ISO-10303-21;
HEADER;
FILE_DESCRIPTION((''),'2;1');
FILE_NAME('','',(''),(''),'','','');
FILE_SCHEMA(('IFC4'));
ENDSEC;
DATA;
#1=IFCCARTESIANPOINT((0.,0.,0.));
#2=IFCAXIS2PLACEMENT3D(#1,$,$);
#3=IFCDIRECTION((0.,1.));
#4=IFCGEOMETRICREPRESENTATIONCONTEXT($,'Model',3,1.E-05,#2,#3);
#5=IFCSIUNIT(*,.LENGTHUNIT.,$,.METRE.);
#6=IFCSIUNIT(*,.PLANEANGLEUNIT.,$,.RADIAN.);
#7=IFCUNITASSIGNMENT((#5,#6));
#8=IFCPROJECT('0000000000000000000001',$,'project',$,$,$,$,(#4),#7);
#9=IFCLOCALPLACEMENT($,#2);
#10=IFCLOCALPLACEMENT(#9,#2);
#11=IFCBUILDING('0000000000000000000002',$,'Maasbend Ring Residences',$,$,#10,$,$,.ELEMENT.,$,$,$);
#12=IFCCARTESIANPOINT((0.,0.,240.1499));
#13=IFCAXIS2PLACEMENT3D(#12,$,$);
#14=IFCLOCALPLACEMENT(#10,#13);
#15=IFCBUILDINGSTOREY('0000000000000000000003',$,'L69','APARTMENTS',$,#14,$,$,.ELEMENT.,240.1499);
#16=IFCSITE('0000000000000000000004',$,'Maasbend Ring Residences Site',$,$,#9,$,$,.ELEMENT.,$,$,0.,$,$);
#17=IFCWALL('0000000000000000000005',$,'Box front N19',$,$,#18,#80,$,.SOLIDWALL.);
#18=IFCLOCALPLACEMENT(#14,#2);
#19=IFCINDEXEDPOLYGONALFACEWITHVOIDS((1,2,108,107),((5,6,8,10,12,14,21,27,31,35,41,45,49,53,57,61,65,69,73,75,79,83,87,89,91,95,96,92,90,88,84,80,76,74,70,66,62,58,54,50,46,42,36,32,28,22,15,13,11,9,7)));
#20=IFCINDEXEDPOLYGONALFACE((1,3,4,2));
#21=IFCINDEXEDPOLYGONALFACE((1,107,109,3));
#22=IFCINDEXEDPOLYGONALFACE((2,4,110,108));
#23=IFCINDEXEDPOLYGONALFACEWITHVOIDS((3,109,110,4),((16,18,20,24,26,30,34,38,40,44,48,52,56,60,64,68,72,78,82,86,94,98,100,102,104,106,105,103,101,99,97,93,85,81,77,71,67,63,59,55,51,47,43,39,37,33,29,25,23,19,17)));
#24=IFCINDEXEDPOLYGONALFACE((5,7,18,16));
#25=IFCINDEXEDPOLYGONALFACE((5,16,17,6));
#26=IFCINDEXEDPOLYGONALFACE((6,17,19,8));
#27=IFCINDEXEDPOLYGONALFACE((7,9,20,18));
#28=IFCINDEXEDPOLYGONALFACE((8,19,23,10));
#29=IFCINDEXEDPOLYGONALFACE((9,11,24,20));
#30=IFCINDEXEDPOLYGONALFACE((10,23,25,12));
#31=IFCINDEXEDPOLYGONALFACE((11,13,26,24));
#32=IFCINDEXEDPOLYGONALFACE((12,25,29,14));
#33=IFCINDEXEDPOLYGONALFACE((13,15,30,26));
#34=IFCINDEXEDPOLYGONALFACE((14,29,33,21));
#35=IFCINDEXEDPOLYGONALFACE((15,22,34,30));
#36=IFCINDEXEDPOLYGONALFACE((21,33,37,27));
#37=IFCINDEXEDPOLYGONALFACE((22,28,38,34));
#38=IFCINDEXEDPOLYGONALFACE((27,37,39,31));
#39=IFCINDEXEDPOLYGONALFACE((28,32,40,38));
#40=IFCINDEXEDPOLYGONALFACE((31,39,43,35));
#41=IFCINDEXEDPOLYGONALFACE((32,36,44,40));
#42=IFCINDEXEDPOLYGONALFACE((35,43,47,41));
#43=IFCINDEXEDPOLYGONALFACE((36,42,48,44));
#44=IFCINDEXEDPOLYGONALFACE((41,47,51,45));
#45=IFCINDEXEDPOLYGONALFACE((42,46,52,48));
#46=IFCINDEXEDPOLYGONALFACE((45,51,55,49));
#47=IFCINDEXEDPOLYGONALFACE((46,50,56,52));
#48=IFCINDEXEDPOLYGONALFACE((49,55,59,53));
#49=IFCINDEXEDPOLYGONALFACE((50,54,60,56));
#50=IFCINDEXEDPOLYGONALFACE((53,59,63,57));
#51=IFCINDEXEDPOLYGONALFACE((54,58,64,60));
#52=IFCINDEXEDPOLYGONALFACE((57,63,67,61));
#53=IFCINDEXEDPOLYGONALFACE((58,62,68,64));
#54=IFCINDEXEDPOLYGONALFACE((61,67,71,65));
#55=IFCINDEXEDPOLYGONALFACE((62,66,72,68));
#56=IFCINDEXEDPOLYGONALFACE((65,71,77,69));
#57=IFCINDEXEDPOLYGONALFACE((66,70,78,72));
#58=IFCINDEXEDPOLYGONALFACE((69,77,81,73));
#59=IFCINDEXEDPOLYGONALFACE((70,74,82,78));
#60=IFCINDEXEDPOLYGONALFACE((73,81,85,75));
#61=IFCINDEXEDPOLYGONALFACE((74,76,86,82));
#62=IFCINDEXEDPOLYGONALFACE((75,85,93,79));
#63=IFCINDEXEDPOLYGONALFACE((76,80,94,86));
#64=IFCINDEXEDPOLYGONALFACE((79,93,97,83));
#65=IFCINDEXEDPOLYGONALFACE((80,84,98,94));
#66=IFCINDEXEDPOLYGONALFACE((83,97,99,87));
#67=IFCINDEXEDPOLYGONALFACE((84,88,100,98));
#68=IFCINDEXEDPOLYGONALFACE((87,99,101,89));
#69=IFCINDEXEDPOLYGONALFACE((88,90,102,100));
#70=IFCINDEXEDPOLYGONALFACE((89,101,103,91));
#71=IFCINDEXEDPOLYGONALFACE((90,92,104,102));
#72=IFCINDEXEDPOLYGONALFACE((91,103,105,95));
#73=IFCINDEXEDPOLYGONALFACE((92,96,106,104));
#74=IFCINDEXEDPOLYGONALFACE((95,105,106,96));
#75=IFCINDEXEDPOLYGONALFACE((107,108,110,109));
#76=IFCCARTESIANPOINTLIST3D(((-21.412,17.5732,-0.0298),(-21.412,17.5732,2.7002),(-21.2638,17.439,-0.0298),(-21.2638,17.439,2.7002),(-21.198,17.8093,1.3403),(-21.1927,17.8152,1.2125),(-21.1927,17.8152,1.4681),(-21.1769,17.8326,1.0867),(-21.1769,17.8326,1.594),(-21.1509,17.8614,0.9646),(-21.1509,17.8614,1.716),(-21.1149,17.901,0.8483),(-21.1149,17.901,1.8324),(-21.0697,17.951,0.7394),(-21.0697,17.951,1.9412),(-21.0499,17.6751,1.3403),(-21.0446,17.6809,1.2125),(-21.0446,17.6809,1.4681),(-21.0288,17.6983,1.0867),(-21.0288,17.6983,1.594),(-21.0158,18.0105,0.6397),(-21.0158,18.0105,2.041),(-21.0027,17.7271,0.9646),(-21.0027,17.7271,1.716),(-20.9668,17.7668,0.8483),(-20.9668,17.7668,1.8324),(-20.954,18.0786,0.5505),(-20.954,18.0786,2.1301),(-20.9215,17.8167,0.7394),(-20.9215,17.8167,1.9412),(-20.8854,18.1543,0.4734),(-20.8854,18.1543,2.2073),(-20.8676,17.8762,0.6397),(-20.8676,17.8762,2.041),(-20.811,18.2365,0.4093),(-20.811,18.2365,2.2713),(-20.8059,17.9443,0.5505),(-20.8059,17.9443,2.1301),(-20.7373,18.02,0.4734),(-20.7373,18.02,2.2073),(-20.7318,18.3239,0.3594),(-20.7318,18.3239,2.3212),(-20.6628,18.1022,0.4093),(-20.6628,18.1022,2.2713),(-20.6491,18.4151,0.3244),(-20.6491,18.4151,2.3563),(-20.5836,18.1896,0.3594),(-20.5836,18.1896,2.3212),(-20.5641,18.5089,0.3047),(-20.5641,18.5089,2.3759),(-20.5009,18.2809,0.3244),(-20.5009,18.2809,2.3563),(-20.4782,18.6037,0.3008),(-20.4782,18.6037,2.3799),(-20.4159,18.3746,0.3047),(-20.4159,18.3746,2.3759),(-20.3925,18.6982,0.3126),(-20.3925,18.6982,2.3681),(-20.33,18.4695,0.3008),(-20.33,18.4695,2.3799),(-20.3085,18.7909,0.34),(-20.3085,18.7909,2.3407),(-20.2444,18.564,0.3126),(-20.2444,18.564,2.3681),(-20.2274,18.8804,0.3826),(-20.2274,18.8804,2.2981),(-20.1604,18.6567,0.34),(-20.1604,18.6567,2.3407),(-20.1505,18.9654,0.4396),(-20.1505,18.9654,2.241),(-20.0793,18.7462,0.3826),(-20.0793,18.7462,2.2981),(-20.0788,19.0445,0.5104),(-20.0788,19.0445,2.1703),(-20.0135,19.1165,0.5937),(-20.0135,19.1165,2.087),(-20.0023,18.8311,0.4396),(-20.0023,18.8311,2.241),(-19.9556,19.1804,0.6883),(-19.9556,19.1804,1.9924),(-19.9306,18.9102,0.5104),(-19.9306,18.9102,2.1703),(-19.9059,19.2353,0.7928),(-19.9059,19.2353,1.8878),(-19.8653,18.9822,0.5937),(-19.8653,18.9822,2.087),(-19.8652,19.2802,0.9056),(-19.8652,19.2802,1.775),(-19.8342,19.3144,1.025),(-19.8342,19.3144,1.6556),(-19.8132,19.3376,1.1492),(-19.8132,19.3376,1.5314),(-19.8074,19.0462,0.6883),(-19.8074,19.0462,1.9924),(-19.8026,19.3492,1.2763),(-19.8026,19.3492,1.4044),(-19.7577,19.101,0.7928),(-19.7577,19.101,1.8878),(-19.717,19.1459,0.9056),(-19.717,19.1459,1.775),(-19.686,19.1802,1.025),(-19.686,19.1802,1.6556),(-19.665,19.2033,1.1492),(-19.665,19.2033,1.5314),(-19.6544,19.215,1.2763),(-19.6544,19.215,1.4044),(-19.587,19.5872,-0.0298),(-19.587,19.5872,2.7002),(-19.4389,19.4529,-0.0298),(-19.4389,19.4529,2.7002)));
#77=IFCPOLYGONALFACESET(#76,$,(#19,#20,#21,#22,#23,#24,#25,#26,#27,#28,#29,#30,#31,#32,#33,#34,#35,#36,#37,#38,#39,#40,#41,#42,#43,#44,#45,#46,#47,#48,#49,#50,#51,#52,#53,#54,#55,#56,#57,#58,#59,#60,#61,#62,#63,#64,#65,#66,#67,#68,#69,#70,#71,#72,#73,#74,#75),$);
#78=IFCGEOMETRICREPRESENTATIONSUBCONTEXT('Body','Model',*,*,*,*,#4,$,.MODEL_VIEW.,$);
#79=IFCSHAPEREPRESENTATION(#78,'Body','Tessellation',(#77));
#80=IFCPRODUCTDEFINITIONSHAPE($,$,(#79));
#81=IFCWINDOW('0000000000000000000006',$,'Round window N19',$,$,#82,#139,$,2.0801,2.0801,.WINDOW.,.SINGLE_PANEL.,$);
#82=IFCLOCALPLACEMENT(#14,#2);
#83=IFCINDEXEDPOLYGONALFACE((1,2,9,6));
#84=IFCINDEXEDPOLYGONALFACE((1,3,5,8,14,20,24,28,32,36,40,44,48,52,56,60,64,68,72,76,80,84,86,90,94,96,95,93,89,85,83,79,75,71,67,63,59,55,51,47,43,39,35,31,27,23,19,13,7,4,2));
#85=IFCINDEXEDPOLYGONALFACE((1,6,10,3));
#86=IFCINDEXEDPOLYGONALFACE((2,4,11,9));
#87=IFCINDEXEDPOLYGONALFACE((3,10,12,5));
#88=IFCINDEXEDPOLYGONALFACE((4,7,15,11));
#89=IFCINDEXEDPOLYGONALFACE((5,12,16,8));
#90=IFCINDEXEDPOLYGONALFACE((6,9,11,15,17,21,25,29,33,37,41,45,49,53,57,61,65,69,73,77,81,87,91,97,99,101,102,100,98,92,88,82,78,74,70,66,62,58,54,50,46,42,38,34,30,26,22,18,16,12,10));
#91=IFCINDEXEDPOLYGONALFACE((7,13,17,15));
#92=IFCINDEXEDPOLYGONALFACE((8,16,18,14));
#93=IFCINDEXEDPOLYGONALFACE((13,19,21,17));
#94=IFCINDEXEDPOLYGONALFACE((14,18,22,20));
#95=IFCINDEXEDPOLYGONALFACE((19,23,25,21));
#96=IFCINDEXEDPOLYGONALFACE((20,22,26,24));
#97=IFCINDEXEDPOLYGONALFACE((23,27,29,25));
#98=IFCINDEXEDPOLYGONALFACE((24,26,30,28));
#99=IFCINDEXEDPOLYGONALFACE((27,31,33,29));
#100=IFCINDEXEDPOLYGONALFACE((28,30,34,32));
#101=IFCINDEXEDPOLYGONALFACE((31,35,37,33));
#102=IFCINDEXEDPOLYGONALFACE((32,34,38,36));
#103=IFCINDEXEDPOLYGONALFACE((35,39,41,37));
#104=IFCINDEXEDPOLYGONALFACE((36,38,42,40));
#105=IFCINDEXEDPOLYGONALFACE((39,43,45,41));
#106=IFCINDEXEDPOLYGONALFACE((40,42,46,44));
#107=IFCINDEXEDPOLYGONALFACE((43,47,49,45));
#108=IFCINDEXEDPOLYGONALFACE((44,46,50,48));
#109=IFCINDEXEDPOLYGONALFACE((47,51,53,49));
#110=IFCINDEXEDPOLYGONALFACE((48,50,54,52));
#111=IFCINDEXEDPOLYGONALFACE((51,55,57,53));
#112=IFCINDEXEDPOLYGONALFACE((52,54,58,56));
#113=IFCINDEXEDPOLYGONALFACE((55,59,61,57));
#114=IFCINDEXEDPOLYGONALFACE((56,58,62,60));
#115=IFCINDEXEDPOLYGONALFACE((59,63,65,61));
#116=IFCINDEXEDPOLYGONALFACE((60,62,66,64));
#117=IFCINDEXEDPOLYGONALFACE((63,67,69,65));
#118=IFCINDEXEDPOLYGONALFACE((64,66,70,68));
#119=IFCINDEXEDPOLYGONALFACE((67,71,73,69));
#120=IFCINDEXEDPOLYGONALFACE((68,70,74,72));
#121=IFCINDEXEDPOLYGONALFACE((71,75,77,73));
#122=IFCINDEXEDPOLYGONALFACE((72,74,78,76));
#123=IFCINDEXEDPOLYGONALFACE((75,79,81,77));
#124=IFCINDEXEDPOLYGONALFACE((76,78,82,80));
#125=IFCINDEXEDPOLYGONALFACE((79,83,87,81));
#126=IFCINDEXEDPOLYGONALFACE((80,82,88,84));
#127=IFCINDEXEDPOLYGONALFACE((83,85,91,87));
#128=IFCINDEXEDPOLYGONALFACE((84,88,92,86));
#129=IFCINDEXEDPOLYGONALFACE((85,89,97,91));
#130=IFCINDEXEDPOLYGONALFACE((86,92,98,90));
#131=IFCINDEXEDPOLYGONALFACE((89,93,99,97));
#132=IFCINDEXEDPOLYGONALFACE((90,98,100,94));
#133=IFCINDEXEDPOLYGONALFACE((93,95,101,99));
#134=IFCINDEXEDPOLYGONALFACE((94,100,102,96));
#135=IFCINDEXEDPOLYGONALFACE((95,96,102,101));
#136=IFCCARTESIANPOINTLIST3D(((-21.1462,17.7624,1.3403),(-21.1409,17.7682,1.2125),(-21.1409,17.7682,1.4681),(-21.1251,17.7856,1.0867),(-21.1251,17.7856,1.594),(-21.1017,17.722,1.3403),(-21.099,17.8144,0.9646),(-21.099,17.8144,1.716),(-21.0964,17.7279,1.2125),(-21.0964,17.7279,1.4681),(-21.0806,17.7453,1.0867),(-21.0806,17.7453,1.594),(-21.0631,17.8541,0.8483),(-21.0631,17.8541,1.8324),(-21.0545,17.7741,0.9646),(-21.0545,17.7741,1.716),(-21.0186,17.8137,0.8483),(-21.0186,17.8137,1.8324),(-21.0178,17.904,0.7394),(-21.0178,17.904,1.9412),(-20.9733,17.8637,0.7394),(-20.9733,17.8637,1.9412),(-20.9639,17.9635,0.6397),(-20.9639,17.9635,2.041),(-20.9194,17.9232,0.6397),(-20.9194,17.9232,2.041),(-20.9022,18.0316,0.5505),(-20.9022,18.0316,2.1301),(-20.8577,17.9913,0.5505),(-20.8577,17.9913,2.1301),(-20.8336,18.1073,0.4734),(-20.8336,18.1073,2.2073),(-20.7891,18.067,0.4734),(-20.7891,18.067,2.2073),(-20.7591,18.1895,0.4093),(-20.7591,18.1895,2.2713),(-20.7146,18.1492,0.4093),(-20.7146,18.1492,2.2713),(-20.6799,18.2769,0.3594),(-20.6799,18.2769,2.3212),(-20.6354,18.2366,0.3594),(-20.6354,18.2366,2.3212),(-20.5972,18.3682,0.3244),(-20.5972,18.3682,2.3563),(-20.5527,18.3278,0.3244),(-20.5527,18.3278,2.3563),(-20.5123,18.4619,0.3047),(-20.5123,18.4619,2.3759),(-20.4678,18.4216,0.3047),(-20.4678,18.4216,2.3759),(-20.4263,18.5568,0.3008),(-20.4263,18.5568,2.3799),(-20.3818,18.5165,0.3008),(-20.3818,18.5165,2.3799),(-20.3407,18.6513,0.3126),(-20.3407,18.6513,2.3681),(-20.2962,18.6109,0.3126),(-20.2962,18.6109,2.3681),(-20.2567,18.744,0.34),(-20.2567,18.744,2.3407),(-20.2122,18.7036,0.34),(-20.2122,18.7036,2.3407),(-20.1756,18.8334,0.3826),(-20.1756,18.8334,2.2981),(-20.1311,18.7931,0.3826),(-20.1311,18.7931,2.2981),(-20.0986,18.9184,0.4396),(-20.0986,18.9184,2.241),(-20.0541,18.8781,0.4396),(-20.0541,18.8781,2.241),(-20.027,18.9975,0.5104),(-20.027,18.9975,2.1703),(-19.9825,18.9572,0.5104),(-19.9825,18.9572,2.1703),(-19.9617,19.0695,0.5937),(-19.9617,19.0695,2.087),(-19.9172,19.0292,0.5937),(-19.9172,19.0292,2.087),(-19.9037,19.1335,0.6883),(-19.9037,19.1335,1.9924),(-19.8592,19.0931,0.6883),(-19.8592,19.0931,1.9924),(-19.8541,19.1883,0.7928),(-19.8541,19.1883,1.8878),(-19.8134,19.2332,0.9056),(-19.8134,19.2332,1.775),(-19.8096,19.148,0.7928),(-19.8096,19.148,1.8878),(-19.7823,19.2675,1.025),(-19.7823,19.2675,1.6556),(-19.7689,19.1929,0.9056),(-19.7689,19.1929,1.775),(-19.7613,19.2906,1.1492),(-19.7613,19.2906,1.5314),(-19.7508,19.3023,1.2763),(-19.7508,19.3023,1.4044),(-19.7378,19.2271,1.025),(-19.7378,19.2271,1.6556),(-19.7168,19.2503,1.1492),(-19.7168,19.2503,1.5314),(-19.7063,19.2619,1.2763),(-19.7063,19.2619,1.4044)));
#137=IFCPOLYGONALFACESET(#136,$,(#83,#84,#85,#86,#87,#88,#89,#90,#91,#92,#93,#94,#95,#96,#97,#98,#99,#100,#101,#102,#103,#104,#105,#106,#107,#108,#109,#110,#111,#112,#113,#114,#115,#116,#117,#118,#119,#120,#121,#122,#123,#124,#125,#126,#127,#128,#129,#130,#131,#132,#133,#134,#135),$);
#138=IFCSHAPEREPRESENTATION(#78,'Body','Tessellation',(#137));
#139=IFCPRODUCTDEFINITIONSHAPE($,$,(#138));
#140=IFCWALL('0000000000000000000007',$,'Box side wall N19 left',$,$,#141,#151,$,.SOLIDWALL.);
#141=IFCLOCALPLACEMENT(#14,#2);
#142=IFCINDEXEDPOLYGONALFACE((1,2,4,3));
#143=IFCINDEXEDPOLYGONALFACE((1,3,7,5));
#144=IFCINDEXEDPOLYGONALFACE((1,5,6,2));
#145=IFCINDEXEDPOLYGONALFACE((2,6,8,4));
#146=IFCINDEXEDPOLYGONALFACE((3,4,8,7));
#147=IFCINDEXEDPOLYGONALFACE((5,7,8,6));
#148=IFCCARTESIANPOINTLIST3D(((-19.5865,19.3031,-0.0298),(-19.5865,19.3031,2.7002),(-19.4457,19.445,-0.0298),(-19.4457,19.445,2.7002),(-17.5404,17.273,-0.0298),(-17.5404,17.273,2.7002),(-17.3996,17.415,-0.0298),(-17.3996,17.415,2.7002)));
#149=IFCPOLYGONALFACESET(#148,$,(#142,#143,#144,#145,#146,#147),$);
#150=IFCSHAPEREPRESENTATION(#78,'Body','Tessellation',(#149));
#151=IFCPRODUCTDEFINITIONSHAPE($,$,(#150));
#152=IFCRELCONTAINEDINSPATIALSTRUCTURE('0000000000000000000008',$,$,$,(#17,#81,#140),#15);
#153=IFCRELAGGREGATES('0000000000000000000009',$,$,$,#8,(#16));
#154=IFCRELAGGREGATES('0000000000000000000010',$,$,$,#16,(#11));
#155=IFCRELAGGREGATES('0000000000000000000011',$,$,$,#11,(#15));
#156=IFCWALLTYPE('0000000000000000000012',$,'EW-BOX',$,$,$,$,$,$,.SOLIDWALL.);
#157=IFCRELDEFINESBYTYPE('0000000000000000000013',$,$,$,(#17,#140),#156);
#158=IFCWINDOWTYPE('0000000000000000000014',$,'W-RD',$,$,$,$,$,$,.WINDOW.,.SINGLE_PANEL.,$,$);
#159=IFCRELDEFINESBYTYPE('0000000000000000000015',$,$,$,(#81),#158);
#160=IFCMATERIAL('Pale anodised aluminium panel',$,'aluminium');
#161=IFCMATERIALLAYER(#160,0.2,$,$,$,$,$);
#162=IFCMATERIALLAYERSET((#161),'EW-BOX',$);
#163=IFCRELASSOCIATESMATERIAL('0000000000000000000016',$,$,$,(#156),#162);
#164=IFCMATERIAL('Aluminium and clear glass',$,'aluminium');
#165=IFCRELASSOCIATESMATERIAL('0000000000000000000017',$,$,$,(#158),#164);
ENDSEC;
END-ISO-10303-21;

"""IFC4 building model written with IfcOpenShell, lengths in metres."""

from ifc_helpers import new_model, si_unit, direction, frame, frame_2d, origin, place, context, subcontext, project, spatial, rectangle, circle, extrude, material, layer, layer_set, type_object, element, fill, save


model = new_model("IFC4")

# Units and contexts
model_context = context("Model", 3, precision=1e-05, world=origin(), true_north=direction((0.0, 1.0)))
body_context = subcontext(model_context, "Body", "Model", "MODEL_VIEW")
ifc_project = project(units=[si_unit("LENGTHUNIT", "METRE"), si_unit("PLANEANGLEUNIT", "RADIAN")], contexts=[model_context])

# Site, building, storey
site_placement = place(None, origin())
site = spatial("IfcSite", under=ifc_project, at=site_placement, Name="Maasbend Ring Residences Site", CompositionType="ELEMENT", RefElevation=0.0)
building_placement = place(site_placement, origin())
building = spatial("IfcBuilding", under=site, at=building_placement, Name="Maasbend Ring Residences", CompositionType="ELEMENT")
storey_placement = place(building_placement, frame((0.0, 0.0, 240.1499)))
storey = spatial("IfcBuildingStorey", under=building, at=storey_placement, Name="L69", Description="APARTMENTS", CompositionType="ELEMENT", Elevation=240.1499)

# Shared definitions
ifc_material_1 = material(Name="Pale anodised aluminium panel", Category="aluminium")
ifc_layer_1 = layer(ifc_material_1, 0.2)
ifc_layer_set_1 = layer_set([ifc_layer_1], Name="EW-BOX")
wall_type_1 = type_object("IfcWallType", Name="EW-BOX", PredefinedType="SOLIDWALL", material=ifc_layer_set_1)
ifc_material_2 = material(Name="Aluminium and clear glass", Category="aluminium")
window_type_1 = type_object("IfcWindowType", Name="W-RD", PartitioningType="SINGLE_PANEL", PredefinedType="WINDOW", material=ifc_material_2)

# Wall, opening, window
wall_1_placement = place(storey_placement, frame((-19.5129, 19.52, -0.0298), z_axis=(0.0, 0.0, 1.0), x_axis=(-0.671487, -0.741016, 0.0)))
wall_1 = element("IfcWall", 1, at=wall_1_placement, inside=storey, type_object=wall_type_1, Name="Box front N19", PredefinedType="SOLIDWALL", context=body_context, shape_type="SweptSolid", body=[
    extrude(rectangle(XDim=2.7178, YDim=0.2, at=frame_2d((1.3589, 0.0))), origin(), (0.0, 0.0, 1.0), 2.73),
])
opening_1_placement = place(wall_1_placement, frame((0.3191, 0.0, 0.3301)))
opening_1 = element("IfcOpeningElement", 2, at=opening_1_placement, cuts=wall_1, PredefinedType="OPENING", context=body_context, shape_type="SweptSolid", body=[
    extrude(circle(Radius=1.04, at=frame_2d((1.04, 1.04))), frame((0.0, 0.1099, 0.0), z_axis=(0.0, -1.0, 0.0), x_axis=(1.0, 0.0, 0.0)), (0.0, 0.0, 1.0), 0.22),
])
window_1_placement = place(opening_1_placement, origin())
window_1 = element("IfcWindow", 3, at=window_1_placement, inside=storey, type_object=window_type_1, Name="Round window N19", OverallHeight=2.0801, OverallWidth=2.0801, PartitioningType="SINGLE_PANEL", PredefinedType="WINDOW", context=body_context, shape_type="SweptSolid", body=[
    extrude(circle(Radius=1.04, at=frame_2d((1.04, 1.04))), frame((0.0, 0.03, 0.0), z_axis=(0.0, -1.0, 0.0), x_axis=(1.0, 0.0, 0.0)), (0.0, 0.0, 1.0), 0.0601),
])
fill(opening_1, window_1)

# Wall
wall_2_placement = place(storey_placement, frame((-17.47, 17.344, -0.0298), z_axis=(0.0, 0.0, 1.0), x_axis=(-0.709896, 0.704306, 0.0)))
element("IfcWall", 4, at=wall_2_placement, inside=storey, type_object=wall_type_1, Name="Box side wall N19 left", PredefinedType="SOLIDWALL", context=body_context, shape_type="SweptSolid", body=[
    extrude(rectangle(XDim=2.8823, YDim=0.2, at=frame_2d((1.4412, 0.0))), origin(), (0.0, 0.0, 1.0), 2.73),
])

save(model, "model.ifc")
